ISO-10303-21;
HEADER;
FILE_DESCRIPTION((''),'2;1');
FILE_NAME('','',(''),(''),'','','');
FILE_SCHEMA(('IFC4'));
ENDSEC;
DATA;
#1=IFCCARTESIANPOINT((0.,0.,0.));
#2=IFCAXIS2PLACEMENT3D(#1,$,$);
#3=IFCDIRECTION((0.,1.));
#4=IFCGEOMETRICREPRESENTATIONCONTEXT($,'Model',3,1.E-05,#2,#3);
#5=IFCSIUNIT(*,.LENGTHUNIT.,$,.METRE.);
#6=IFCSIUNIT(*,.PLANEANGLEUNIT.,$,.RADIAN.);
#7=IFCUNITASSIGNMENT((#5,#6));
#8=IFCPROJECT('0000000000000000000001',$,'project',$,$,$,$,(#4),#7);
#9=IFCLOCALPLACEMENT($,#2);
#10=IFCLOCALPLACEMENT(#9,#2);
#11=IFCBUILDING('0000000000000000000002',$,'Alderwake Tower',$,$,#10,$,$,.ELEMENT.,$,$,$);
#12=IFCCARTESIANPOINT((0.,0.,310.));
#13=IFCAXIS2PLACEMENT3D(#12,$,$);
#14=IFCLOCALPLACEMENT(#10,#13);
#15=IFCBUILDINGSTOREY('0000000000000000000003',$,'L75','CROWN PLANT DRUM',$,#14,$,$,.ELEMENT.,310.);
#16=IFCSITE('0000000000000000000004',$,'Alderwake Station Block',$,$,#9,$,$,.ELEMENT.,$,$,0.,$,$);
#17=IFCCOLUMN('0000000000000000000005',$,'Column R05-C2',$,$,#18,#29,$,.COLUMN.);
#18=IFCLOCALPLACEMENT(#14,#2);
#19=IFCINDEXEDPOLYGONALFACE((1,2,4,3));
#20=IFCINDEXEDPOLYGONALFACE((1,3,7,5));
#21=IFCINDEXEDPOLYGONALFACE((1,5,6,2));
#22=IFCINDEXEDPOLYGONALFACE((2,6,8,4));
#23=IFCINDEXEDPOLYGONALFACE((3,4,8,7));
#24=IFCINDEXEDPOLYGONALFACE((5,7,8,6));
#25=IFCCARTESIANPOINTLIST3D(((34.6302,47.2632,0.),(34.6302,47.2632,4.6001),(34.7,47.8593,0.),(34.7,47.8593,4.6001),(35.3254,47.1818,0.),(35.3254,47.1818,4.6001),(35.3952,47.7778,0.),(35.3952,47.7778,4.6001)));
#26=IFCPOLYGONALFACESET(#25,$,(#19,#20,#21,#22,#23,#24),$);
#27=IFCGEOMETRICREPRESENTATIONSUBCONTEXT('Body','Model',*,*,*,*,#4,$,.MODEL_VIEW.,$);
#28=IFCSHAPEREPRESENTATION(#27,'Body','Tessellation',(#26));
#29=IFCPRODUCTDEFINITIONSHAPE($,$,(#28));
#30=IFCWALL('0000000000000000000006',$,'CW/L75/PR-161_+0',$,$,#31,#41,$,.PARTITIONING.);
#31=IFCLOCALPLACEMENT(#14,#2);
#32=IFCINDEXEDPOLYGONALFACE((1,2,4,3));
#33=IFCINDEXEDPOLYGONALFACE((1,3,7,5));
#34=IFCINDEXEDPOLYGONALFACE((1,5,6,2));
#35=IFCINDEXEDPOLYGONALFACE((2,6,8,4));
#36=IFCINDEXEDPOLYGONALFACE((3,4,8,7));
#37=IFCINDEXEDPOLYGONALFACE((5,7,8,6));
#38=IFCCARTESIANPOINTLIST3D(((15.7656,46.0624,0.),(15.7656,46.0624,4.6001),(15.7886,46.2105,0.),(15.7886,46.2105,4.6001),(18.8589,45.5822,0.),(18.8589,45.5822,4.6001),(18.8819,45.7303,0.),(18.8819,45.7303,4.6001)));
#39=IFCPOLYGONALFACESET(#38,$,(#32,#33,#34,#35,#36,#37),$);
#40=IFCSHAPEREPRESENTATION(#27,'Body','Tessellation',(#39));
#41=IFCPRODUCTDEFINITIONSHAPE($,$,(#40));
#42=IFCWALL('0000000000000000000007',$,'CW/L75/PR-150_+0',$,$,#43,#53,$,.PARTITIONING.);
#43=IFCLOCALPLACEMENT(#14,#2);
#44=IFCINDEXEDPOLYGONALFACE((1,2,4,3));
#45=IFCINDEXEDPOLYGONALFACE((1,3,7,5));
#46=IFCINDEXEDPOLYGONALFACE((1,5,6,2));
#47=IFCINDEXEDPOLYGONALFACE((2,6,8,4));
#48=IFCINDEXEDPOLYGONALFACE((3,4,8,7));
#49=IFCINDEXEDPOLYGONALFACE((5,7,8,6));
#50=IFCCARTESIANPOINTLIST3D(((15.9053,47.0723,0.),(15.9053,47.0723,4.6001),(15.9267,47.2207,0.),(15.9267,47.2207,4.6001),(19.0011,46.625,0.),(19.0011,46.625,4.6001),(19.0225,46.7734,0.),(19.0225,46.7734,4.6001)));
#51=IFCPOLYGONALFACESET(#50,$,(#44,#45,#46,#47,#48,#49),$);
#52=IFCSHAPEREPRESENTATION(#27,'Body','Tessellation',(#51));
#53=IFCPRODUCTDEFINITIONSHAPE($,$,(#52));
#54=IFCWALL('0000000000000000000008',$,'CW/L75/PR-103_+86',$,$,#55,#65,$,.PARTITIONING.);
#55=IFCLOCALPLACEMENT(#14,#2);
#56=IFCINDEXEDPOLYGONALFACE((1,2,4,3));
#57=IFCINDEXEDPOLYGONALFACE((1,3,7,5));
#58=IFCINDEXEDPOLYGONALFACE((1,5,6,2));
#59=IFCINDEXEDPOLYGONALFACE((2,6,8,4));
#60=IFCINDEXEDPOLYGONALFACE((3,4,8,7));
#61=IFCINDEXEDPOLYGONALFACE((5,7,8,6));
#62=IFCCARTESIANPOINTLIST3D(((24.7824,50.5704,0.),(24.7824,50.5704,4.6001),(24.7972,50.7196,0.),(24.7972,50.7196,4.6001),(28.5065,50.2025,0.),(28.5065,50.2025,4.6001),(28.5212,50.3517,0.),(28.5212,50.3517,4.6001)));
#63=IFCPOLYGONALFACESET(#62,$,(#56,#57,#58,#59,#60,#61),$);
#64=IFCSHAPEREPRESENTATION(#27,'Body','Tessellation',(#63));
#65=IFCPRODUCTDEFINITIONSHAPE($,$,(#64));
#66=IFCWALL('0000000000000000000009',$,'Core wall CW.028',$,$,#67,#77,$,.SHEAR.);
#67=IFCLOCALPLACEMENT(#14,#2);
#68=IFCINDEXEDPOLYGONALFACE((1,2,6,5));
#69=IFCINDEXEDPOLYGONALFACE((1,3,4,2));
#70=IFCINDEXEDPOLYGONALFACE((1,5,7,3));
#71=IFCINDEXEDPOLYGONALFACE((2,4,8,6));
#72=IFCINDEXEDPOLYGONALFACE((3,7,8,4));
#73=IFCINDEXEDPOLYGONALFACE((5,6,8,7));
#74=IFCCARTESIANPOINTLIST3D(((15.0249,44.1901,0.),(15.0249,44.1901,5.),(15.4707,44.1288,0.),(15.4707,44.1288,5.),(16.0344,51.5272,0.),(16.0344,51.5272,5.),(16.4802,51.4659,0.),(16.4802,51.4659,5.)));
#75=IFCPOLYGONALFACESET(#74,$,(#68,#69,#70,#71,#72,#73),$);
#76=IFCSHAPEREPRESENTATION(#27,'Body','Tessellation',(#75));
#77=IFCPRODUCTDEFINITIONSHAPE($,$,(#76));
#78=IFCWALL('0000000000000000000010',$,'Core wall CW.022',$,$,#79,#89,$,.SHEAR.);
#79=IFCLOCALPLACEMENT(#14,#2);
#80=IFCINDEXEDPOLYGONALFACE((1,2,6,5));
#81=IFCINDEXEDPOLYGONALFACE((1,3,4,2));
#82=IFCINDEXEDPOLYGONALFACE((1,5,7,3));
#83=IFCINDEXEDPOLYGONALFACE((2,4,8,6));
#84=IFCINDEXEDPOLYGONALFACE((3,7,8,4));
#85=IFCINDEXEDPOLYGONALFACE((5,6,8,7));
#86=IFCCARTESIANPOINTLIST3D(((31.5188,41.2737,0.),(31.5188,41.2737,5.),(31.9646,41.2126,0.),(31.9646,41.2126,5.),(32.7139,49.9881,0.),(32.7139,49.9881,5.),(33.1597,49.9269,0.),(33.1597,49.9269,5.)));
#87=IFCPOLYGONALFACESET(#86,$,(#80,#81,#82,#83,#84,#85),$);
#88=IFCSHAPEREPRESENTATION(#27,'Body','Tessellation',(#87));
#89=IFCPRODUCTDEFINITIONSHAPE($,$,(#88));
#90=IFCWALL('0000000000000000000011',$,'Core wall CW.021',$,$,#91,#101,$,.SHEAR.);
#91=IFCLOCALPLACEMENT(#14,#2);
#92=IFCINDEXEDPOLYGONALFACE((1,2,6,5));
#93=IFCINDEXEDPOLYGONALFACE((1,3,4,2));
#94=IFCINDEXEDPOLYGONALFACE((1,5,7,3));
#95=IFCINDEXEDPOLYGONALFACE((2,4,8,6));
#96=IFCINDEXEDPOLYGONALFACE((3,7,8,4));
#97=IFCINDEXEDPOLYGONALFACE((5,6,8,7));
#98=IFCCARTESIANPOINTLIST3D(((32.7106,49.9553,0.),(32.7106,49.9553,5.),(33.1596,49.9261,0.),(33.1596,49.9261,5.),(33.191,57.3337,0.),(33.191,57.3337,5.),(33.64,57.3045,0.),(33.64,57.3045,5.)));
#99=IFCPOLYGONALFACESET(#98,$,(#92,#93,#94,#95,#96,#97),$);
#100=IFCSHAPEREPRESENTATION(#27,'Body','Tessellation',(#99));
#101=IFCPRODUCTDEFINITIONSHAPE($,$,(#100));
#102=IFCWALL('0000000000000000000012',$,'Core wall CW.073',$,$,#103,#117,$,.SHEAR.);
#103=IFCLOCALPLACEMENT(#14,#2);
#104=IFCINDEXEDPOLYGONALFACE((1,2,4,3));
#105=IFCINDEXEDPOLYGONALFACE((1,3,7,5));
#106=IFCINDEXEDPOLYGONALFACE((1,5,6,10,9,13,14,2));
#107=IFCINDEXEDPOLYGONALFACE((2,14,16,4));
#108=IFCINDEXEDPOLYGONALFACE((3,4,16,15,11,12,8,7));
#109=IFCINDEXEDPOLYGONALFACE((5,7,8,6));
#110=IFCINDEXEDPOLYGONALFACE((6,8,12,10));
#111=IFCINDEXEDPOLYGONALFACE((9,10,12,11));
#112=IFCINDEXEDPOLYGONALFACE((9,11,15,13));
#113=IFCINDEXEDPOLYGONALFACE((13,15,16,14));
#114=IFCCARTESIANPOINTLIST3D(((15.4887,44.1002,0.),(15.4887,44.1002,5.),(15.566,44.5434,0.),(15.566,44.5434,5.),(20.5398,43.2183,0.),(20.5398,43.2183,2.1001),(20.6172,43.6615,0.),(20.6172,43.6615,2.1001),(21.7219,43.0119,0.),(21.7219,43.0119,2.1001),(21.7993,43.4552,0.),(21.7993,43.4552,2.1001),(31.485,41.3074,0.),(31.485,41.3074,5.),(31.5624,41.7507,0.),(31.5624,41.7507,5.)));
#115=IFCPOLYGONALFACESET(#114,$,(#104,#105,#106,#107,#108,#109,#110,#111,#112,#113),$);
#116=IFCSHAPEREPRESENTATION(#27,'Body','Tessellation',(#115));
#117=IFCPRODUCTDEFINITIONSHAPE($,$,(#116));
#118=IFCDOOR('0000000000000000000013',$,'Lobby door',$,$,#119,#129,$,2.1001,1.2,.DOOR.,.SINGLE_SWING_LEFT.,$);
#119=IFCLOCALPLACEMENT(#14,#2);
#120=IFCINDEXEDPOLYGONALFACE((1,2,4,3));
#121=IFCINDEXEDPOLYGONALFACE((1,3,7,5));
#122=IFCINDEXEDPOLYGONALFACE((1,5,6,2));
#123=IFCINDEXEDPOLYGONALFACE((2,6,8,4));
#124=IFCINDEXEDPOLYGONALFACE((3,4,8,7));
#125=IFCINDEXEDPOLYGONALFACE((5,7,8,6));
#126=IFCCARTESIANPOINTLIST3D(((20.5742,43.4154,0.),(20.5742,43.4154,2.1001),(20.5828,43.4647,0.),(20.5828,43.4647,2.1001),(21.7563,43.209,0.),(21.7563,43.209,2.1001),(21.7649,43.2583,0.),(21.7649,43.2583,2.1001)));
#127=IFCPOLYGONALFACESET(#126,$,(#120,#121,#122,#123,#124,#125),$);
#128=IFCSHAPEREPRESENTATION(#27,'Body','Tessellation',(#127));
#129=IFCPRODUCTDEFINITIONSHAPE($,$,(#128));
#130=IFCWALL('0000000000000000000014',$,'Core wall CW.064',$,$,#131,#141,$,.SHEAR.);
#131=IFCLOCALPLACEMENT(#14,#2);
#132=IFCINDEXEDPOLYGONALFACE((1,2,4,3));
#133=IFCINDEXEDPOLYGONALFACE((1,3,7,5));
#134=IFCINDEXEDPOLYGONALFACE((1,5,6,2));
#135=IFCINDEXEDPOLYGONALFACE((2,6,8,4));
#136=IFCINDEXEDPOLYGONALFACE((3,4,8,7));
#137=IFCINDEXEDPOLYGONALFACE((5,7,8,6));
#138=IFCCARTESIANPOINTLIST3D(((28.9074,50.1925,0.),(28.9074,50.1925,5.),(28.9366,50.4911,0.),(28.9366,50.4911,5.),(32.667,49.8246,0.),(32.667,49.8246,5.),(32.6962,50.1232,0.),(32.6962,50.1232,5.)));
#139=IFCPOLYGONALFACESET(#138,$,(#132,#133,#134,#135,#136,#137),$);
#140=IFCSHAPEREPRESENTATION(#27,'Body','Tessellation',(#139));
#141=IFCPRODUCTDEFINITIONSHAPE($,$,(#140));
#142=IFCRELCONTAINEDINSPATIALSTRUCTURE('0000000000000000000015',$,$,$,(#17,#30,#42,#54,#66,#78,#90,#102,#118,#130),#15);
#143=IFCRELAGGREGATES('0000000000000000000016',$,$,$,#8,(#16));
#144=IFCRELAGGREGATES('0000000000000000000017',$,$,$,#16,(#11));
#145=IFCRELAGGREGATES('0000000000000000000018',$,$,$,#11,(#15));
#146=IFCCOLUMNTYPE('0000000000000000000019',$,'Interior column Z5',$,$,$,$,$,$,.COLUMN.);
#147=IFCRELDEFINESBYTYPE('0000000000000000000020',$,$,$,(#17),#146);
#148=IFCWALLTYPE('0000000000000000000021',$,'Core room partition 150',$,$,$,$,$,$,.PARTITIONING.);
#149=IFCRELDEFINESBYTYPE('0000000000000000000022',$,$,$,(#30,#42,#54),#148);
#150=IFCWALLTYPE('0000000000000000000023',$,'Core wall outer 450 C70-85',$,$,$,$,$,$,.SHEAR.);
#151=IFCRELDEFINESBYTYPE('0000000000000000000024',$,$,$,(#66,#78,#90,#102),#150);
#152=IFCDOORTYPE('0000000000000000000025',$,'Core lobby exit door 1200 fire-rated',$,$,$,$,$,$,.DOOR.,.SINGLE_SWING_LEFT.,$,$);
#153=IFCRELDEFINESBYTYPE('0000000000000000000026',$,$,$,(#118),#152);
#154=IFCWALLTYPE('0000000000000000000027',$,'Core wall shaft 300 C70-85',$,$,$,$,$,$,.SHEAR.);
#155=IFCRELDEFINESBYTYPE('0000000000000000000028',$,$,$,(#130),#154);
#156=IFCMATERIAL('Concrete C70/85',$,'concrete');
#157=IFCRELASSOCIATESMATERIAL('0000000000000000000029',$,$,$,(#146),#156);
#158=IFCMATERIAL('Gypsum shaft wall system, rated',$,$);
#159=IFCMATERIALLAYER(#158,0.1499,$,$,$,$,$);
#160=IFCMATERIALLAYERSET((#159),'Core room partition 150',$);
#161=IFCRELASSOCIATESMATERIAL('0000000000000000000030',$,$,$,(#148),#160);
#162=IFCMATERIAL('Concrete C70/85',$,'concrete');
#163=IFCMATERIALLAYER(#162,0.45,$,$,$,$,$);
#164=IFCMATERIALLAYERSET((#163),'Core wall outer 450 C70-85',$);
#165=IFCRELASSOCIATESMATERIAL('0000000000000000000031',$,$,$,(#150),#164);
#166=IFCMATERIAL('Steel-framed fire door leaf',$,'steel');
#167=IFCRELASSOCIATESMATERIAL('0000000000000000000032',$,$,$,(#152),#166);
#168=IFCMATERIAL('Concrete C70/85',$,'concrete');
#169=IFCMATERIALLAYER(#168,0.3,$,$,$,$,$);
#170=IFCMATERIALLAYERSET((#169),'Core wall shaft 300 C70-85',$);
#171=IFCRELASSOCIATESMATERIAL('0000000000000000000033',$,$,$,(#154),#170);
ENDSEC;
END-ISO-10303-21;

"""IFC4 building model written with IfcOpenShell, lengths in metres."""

from ifc_helpers import new_model, si_unit, direction, frame, frame_2d, origin, origin_2d, place, context, subcontext, project, spatial, rectangle, extrude, material, layer, layer_set, material_profile, profile_set, type_object, element, fill, save


model = new_model("IFC4")

# Units and contexts
model_context = context("Model", 3, precision=1e-05, world=origin(), true_north=direction((0.0, 1.0)))
body_context = subcontext(model_context, "Body", "Model", "MODEL_VIEW")
ifc_project = project(units=[si_unit("LENGTHUNIT", "METRE"), si_unit("PLANEANGLEUNIT", "RADIAN")], contexts=[model_context])

# Site, building, storey
site_placement = place(None, origin())
site = spatial("IfcSite", under=ifc_project, at=site_placement, Name="Alderwake Station Block", CompositionType="ELEMENT", RefElevation=0.0)
building_placement = place(site_placement, origin())
building = spatial("IfcBuilding", under=site, at=building_placement, Name="Alderwake Tower", CompositionType="ELEMENT")
storey_placement = place(building_placement, frame((0.0, 0.0, 310.0)))
storey = spatial("IfcBuildingStorey", under=building, at=storey_placement, Name="L75", Description="CROWN PLANT DRUM", CompositionType="ELEMENT", Elevation=310.0)

# Column
ifc_material_1 = material(Name="Concrete C70/85", Category="concrete")
ifc_material_profile = material_profile(ifc_material_1, rectangle(XDim=0.6001, YDim=0.7, at=origin_2d()), Name="RC 700X600")
ifc_profile_set = profile_set([ifc_material_profile], Name="Concrete C70/85")
column_type = type_object("IfcColumnType", Name="Interior column Z5", PredefinedType="COLUMN", material=ifc_profile_set)
column_placement = place(storey_placement, frame((35.0127, 47.5205, 0.0), z_axis=(0.0, 0.0, 1.0), x_axis=(0.116402, 0.993202, 0.0)))
element("IfcColumn", 1, at=column_placement, inside=storey, type_object=column_type, Name="Column R05-C2", PredefinedType="COLUMN", context=body_context, shape_type="SweptSolid", body=[
    extrude(rectangle(XDim=0.6001, YDim=0.7, at=origin_2d()), origin(), (0.0, 0.0, 1.0), 4.6001),
])

# Walls
ifc_material_2 = material(Name="Gypsum shaft wall system, rated")
ifc_layer_1 = layer(ifc_material_2, 0.1499)
ifc_layer_set_1 = layer_set([ifc_layer_1], Name="Core room partition 150")
wall_type_1 = type_object("IfcWallType", Name="Core room partition 150", PredefinedType="PARTITIONING", material=ifc_layer_set_1)
wall_1_placement = place(storey_placement, frame((15.7771, 46.1365, 0.0), z_axis=(0.0, 0.0, 1.0), x_axis=(0.988162, -0.153411, 0.0)))
element("IfcWall", 2, at=wall_1_placement, inside=storey, type_object=wall_type_1, Name="CW/L75/PR-161_+0", PredefinedType="PARTITIONING", context=body_context, shape_type="SweptSolid", body=[
    extrude(rectangle(XDim=3.1304, YDim=0.1499, at=frame_2d((1.5652, 0.0))), origin(), (0.0, 0.0, 1.0), 4.6001),
])
wall_2_placement = place(storey_placement, frame((15.916, 47.1465, 0.0), z_axis=(0.0, 0.0, 1.0), x_axis=(0.989723, -0.142995, 0.0)))
element("IfcWall", 3, at=wall_2_placement, inside=storey, type_object=wall_type_1, Name="CW/L75/PR-150_+0", PredefinedType="PARTITIONING", context=body_context, shape_type="SweptSolid", body=[
    extrude(rectangle(XDim=3.1279, YDim=0.1499, at=frame_2d((1.564, 0.0))), origin(), (0.0, 0.0, 1.0), 4.6001),
])
wall_3_placement = place(storey_placement, frame((24.7898, 50.645, 0.0), z_axis=(0.0, 0.0, 1.0), x_axis=(0.995155, -0.098315, 0.0)))
element("IfcWall", 4, at=wall_3_placement, inside=storey, type_object=wall_type_1, Name="CW/L75/PR-103_+86", PredefinedType="PARTITIONING", context=body_context, shape_type="SweptSolid", body=[
    extrude(rectangle(XDim=3.7422, YDim=0.1499, at=frame_2d((1.8711, 0.0))), origin(), (0.0, 0.0, 1.0), 4.6001),
])
ifc_material_3 = material(Name="Concrete C70/85", Category="concrete")
ifc_layer_2 = layer(ifc_material_3, 0.45)
ifc_layer_set_2 = layer_set([ifc_layer_2], Name="Core wall outer 450 C70-85")
wall_type_2 = type_object("IfcWallType", Name="Core wall outer 450 C70-85", PredefinedType="SHEAR", material=ifc_layer_set_2)
wall_4_placement = place(storey_placement, frame((15.2478, 44.1594, 0.0), z_axis=(0.0, 0.0, 1.0), x_axis=(0.136306, 0.990667, 0.0)))
element("IfcWall", 5, at=wall_4_placement, inside=storey, type_object=wall_type_2, Name="Core wall CW.028", PredefinedType="SHEAR", context=body_context, shape_type="SweptSolid", body=[
    extrude(rectangle(XDim=7.4062, YDim=0.45, at=frame_2d((3.7031, 0.0))), origin(), (0.0, 0.0, 1.0), 5.0),
])
wall_5_placement = place(storey_placement, frame((31.7417, 41.2432, 0.0), z_axis=(0.0, 0.0, 1.0), x_axis=(0.135866, 0.990727, 0.0)))
element("IfcWall", 6, at=wall_5_placement, inside=storey, type_object=wall_type_2, Name="Core wall CW.022", PredefinedType="SHEAR", context=body_context, shape_type="SweptSolid", body=[
    extrude(rectangle(XDim=8.7959, YDim=0.45, at=frame_2d((4.3979, 0.0))), origin(), (0.0, 0.0, 1.0), 5.0),
])
wall_6_placement = place(storey_placement, frame((32.9351, 49.9407, 0.0), z_axis=(0.0, 0.0, 1.0), x_axis=(0.064981, 0.997887, 0.0)))
element("IfcWall", 7, at=wall_6_placement, inside=storey, type_object=wall_type_2, Name="Core wall CW.021", PredefinedType="SHEAR", context=body_context, shape_type="SweptSolid", body=[
    extrude(rectangle(XDim=7.394, YDim=0.45, at=frame_2d((3.697, 0.0))), origin(), (0.0, 0.0, 1.0), 5.0),
])

# Wall, opening, door
wall_7_placement = place(storey_placement, frame((31.5237, 41.5291, 0.0), z_axis=(0.0, 0.0, 1.0), x_axis=(-0.9851, 0.171984, 0.0)))
wall_7 = element("IfcWall", 8, at=wall_7_placement, inside=storey, type_object=wall_type_2, Name="Core wall CW.073", PredefinedType="SHEAR", context=body_context, shape_type="SweptSolid", body=[
    extrude(rectangle(XDim=16.2383, YDim=0.45, at=frame_2d((8.1191, 0.0))), origin(), (0.0, 0.0, 1.0), 5.0),
])
opening_1_placement = place(wall_7_placement, frame((9.9106, 0.0, 0.0)))
opening_1 = element("IfcOpeningElement", 9, at=opening_1_placement, cuts=wall_7, PredefinedType="OPENING", context=body_context, shape_type="SweptSolid", body=[
    extrude(rectangle(XDim=1.2, YDim=2.1001, at=frame_2d((0.6001, 1.05))), frame((0.0, 0.2349, 0.0), z_axis=(0.0, -1.0, 0.0), x_axis=(1.0, 0.0, 0.0)), (0.0, 0.0, 1.0), 0.47),
])
ifc_material_4 = material(Name="Steel-framed fire door leaf", Category="steel")
door_type_1 = type_object("IfcDoorType", Name="Core lobby exit door 1200 fire-rated", OperationType="SINGLE_SWING_LEFT", PredefinedType="DOOR", material=ifc_material_4)
door_1_placement = place(opening_1_placement, origin())
door_1 = element("IfcDoor", 10, at=door_1_placement, inside=storey, type_object=door_type_1, Name="Lobby door", OperationType="SINGLE_SWING_LEFT", OverallHeight=2.1001, OverallWidth=1.2, PredefinedType="DOOR", context=body_context, shape_type="SweptSolid", body=[
    extrude(rectangle(XDim=1.2, YDim=2.1001, at=frame_2d((0.6001, 1.05))), frame((0.0, 0.0249, 0.0), z_axis=(0.0, -1.0, 0.0), x_axis=(1.0, 0.0, 0.0)), (0.0, 0.0, 1.0), 0.05),
])
fill(opening_1, door_1)

# Wall
ifc_material_5 = material(Name="Concrete C70/85", Category="concrete")
ifc_layer_3 = layer(ifc_material_5, 0.3)
ifc_layer_set_3 = layer_set([ifc_layer_3], Name="Core wall shaft 300 C70-85")
wall_type_3 = type_object("IfcWallType", Name="Core wall shaft 300 C70-85", PredefinedType="SHEAR", material=ifc_layer_set_3)
wall_8_placement = place(storey_placement, frame((28.9221, 50.3418, 0.0), z_axis=(0.0, 0.0, 1.0), x_axis=(0.995245, -0.097398, 0.0)))
element("IfcWall", 11, at=wall_8_placement, inside=storey, type_object=wall_type_3, Name="Core wall CW.064", PredefinedType="SHEAR", context=body_context, shape_type="SweptSolid", body=[
    extrude(rectangle(XDim=3.7776, YDim=0.3, at=frame_2d((1.8887, 0.0))), origin(), (0.0, 0.0, 1.0), 5.0),
])

save(model, "model.ifc")
